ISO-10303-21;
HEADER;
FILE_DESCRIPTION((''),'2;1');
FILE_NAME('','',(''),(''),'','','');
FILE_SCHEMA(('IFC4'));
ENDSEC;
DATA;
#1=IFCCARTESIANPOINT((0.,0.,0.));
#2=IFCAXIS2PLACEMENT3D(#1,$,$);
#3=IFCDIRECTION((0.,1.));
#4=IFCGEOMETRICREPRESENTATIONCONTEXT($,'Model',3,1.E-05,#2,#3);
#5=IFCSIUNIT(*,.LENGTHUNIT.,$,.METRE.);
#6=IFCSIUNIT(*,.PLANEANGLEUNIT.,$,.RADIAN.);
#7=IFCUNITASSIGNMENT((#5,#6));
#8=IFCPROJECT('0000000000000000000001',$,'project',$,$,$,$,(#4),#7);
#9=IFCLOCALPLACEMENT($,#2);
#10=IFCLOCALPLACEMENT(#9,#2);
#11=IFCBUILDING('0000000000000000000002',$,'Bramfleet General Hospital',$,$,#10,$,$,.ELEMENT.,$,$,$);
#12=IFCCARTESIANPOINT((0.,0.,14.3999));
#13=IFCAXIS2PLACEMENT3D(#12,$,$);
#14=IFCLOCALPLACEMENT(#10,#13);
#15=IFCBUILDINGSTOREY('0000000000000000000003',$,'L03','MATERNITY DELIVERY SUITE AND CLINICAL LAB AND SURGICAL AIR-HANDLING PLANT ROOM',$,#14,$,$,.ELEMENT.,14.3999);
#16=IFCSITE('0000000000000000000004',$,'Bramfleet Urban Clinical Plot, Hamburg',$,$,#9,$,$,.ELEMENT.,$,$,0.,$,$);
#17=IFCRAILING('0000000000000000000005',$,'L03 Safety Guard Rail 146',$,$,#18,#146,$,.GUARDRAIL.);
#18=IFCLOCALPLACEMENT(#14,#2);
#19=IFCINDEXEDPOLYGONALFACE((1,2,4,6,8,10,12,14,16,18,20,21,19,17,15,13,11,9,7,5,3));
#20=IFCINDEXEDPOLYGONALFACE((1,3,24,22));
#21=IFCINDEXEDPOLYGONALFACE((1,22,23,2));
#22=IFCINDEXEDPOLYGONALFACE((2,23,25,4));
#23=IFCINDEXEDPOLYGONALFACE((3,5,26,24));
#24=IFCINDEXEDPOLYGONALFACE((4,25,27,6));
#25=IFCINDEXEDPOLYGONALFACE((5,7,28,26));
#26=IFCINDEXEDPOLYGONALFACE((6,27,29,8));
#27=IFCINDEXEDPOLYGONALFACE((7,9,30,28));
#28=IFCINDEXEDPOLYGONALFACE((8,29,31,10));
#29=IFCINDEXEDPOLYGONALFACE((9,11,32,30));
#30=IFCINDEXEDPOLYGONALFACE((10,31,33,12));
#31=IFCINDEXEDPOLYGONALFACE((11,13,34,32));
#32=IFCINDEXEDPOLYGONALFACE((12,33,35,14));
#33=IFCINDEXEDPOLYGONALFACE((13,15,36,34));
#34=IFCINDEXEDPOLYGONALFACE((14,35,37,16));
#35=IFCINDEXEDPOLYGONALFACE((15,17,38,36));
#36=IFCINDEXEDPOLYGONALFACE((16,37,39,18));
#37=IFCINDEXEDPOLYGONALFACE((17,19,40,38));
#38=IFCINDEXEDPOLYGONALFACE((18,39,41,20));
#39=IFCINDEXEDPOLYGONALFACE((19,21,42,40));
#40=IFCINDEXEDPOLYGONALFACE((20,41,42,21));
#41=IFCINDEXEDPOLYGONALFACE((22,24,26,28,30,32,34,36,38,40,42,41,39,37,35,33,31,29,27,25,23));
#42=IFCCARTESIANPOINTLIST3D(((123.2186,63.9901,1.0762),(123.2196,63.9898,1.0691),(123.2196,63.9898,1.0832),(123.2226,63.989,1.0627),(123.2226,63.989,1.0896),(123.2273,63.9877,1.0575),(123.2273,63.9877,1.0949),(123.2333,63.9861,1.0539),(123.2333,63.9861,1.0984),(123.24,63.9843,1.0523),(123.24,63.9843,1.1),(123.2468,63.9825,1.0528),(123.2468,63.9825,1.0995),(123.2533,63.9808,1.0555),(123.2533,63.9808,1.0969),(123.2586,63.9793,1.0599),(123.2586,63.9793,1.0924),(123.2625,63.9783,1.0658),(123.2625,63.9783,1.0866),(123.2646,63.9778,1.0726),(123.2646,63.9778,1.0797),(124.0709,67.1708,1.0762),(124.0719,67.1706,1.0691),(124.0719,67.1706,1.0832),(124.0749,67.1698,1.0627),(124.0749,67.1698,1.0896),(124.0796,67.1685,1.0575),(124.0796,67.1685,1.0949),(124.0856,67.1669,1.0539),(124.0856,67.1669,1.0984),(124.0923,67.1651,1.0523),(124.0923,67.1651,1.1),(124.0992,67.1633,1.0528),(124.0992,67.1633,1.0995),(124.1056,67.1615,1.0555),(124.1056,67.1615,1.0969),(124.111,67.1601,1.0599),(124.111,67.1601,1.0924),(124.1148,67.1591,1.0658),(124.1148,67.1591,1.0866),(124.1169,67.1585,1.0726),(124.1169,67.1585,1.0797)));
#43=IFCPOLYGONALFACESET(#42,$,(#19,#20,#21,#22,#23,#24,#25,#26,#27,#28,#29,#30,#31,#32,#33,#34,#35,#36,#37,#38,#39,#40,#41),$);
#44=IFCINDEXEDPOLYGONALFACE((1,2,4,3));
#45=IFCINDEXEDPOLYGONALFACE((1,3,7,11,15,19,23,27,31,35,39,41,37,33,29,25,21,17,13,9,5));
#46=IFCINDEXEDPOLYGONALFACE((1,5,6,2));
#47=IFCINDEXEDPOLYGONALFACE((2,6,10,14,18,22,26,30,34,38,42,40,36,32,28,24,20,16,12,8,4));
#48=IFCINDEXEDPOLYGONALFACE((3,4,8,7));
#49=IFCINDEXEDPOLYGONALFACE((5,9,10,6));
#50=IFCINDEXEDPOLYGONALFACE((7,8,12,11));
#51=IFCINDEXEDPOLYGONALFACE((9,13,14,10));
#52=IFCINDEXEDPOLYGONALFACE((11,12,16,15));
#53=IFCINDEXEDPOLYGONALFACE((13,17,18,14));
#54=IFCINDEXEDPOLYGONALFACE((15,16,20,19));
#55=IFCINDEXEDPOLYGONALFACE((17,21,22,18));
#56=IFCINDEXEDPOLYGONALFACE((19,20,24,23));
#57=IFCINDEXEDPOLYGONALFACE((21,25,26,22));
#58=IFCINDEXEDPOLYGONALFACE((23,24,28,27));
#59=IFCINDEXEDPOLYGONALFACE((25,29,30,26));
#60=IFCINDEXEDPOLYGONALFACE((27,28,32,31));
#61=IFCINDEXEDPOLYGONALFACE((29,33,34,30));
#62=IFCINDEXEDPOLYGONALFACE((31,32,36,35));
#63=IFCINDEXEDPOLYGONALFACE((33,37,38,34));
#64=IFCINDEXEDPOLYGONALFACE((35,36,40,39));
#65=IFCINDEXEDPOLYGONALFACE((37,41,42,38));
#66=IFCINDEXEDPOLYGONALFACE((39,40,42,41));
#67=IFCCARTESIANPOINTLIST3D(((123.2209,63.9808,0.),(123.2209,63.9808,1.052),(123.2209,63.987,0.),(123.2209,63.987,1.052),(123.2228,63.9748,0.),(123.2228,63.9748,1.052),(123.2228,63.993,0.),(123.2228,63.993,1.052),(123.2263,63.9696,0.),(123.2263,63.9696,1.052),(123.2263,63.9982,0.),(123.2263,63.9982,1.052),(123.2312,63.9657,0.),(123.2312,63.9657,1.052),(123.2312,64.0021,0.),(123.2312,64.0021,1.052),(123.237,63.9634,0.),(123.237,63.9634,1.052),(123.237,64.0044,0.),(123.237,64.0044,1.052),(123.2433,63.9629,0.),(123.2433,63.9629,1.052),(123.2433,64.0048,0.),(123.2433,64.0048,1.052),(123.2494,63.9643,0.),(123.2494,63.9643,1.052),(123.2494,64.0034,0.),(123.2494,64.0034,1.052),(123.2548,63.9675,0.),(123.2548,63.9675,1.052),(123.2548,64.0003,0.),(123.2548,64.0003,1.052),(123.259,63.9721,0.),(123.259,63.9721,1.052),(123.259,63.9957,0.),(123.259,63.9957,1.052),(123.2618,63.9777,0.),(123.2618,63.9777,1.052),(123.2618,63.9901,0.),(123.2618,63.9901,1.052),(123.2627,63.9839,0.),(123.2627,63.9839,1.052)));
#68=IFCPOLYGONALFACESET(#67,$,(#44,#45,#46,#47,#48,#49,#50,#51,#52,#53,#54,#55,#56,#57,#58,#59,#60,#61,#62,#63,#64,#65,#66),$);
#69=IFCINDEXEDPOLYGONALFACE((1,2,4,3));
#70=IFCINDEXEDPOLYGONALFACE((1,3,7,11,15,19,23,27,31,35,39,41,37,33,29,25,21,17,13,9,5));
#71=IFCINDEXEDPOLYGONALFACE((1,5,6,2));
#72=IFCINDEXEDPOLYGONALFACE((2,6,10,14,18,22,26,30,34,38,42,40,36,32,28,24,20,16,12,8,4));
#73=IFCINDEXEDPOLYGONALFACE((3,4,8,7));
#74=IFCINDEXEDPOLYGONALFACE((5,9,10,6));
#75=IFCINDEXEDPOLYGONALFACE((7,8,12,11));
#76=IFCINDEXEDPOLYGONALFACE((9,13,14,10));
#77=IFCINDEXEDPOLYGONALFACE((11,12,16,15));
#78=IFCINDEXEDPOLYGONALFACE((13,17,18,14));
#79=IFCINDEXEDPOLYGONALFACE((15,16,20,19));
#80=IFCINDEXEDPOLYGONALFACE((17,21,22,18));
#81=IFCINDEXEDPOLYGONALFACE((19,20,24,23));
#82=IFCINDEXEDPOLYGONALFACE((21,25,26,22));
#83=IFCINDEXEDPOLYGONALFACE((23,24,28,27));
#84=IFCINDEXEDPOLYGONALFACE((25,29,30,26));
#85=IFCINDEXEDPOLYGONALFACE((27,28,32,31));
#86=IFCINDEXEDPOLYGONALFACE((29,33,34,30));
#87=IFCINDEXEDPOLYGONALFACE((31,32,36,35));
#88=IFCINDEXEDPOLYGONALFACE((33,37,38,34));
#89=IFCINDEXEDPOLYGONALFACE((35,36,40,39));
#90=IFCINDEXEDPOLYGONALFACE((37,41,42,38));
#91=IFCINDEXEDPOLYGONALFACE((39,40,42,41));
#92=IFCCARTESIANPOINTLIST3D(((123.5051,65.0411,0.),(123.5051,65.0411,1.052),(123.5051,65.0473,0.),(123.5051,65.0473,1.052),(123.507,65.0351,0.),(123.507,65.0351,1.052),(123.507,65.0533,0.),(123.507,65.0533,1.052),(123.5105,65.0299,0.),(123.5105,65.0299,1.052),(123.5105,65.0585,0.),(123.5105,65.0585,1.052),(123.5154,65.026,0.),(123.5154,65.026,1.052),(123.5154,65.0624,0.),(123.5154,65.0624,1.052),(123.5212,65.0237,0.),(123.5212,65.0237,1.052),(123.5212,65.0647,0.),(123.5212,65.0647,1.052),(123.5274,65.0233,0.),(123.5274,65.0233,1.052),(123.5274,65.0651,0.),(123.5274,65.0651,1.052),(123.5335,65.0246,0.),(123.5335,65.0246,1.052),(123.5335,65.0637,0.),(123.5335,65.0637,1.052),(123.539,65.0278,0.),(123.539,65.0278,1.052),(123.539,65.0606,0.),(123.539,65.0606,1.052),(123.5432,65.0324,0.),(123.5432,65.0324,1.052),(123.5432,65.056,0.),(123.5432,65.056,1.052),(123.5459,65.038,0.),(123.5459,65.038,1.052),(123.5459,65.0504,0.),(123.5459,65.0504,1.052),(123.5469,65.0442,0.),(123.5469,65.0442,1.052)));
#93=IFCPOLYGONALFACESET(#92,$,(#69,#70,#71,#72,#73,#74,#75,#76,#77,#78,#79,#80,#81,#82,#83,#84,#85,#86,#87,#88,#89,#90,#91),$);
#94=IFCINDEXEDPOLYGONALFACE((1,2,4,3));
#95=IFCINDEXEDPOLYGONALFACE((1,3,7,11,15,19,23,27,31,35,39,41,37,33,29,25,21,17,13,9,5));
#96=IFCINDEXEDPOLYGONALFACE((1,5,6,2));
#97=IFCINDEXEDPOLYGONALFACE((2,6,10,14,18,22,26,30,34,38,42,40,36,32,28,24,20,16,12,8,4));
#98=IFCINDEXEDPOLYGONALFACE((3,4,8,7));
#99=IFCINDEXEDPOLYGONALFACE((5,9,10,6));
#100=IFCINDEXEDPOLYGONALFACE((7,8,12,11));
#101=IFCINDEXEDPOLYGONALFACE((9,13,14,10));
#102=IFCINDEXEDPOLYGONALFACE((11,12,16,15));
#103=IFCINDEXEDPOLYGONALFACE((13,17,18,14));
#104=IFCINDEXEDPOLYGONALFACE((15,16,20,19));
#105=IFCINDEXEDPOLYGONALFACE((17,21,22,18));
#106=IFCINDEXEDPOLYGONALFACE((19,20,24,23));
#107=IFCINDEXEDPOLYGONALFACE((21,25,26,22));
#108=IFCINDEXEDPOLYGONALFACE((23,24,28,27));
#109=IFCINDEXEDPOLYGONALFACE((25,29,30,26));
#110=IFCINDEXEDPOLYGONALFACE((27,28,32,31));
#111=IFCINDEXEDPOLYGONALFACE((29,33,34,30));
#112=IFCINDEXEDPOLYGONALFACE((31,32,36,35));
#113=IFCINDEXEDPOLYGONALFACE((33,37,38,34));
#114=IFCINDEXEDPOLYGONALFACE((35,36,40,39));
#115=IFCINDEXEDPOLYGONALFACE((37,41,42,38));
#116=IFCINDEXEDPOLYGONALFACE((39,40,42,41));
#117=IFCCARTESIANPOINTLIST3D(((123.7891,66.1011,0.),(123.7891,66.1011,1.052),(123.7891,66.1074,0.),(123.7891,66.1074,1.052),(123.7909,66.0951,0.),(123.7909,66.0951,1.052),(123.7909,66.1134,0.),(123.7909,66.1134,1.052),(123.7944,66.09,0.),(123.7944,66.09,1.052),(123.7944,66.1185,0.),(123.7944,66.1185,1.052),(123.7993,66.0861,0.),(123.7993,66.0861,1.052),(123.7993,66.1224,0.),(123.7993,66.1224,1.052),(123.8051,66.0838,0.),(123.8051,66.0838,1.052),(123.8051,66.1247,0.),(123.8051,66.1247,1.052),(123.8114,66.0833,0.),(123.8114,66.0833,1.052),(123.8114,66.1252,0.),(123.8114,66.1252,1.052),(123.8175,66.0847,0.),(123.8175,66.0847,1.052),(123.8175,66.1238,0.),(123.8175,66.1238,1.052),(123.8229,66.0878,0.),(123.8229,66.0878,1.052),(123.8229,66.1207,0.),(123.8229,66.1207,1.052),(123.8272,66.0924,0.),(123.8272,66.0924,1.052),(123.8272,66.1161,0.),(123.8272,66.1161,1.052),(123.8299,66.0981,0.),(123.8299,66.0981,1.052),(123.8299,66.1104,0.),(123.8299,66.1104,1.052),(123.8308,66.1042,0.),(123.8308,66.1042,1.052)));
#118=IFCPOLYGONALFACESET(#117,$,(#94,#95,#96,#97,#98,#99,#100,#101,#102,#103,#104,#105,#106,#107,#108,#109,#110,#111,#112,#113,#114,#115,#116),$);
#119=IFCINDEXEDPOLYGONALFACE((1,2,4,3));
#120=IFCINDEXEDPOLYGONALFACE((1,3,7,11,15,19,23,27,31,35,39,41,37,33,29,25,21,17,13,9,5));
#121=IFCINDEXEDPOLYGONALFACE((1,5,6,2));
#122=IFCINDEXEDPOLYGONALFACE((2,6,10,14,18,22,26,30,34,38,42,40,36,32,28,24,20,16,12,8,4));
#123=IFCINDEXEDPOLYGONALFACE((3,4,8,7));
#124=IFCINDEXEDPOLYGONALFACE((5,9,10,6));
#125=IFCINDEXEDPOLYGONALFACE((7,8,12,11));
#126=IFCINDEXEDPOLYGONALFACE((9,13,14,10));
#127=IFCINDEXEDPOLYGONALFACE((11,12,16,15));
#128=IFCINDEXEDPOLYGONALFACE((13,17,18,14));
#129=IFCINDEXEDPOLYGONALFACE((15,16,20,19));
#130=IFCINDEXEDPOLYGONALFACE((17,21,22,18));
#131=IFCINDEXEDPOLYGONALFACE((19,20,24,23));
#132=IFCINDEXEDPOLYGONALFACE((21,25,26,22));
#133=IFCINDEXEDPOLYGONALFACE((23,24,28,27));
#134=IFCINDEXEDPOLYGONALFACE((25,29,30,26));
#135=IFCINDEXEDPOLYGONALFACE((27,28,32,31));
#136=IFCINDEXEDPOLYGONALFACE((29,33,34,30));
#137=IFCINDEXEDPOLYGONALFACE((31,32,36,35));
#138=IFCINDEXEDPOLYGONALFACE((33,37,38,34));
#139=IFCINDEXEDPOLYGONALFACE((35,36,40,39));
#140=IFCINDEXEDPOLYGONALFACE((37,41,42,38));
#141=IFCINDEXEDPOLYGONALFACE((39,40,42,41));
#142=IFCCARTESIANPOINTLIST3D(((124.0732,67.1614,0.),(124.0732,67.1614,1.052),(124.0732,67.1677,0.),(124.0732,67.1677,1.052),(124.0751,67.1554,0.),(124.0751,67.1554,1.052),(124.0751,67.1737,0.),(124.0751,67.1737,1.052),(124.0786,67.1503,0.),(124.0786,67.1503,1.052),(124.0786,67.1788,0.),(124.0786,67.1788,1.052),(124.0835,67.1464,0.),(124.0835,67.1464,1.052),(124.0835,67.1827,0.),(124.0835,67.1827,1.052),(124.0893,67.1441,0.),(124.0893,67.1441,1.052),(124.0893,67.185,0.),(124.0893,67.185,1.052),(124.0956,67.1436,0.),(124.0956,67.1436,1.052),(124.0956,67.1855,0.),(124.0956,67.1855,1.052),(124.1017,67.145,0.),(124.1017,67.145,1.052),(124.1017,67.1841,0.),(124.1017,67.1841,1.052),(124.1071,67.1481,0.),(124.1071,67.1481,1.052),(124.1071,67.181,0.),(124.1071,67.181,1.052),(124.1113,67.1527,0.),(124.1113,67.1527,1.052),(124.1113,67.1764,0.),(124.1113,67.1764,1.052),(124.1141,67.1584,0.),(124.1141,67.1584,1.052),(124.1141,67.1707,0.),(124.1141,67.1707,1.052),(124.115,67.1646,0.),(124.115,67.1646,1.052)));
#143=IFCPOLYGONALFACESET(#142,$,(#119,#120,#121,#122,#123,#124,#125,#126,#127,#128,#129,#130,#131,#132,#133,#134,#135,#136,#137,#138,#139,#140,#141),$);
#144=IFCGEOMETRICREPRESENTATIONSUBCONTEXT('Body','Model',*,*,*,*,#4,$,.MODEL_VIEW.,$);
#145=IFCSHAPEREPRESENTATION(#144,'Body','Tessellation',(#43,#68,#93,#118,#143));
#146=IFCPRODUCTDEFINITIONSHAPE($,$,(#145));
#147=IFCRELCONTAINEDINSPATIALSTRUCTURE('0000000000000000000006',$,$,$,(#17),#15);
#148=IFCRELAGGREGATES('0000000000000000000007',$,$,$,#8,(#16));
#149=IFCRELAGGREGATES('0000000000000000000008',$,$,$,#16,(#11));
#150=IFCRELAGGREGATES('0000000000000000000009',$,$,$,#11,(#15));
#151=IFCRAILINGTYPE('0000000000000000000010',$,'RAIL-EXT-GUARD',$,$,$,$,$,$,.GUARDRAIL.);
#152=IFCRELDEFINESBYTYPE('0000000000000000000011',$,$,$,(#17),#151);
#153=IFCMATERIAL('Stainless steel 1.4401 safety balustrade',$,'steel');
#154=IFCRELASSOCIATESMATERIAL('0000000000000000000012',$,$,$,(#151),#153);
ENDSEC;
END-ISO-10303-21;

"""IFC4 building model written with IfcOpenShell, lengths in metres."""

from ifc_helpers import new_model, si_unit, direction, frame, origin, origin_2d, place, context, subcontext, project, spatial, circle, extrude, material, type_object, element, save


model = new_model("IFC4")

# Units and contexts
model_context = context("Model", 3, precision=1e-05, world=origin(), true_north=direction((0.0, 1.0)))
body_context = subcontext(model_context, "Body", "Model", "MODEL_VIEW")
ifc_project = project(units=[si_unit("LENGTHUNIT", "METRE"), si_unit("PLANEANGLEUNIT", "RADIAN")], contexts=[model_context])

# Site, building, storey
site_placement = place(None, origin())
site = spatial("IfcSite", under=ifc_project, at=site_placement, Name="Bramfleet Urban Clinical Plot, Hamburg", CompositionType="ELEMENT", RefElevation=0.0)
building_placement = place(site_placement, origin())
building = spatial("IfcBuilding", under=site, at=building_placement, Name="Bramfleet General Hospital", CompositionType="ELEMENT")
storey_placement = place(building_placement, frame((0.0, 0.0, 14.3999)))
storey = spatial("IfcBuildingStorey", under=building, at=storey_placement, Name="L03", Description="MATERNITY DELIVERY SUITE AND CLINICAL LAB AND SURGICAL AIR-HANDLING PLANT ROOM", CompositionType="ELEMENT", Elevation=14.3999)

# Railing
ifc_material_1 = material(Name="Stainless steel 1.4401 safety balustrade", Category="steel")
railing_type = type_object("IfcRailingType", Name="RAIL-EXT-GUARD", PredefinedType="GUARDRAIL", material=ifc_material_1)
railing_placement = place(storey_placement, frame((123.2417, 63.9839, 0.0)))
element("IfcRailing", 1, at=railing_placement, inside=storey, type_object=railing_type, Name="L03 Safety Guard Rail 146", PredefinedType="GUARDRAIL", context=body_context, shape_type="SweptSolid", body=[
    extrude(circle(Radius=0.0239, at=origin_2d()), frame((0.0, 0.0, 1.0762), z_axis=(0.25883, 0.965923, 0.0), x_axis=(-0.965923, 0.25883, 0.0)), (0.0, 0.0, 1.0), 3.293),
    extrude(circle(Radius=0.021, at=origin_2d()), origin(), (0.0, 0.0, 1.0), 1.052),
    extrude(circle(Radius=0.021, at=origin_2d()), frame((0.2842, 1.0603, 0.0)), (0.0, 0.0, 1.0), 1.052),
    extrude(circle(Radius=0.021, at=origin_2d()), frame((0.5681, 2.1204, 0.0)), (0.0, 0.0, 1.0), 1.052),
    extrude(circle(Radius=0.021, at=origin_2d()), frame((0.8523, 3.1807, 0.0)), (0.0, 0.0, 1.0), 1.052),
])

save(model, "model.ifc")
